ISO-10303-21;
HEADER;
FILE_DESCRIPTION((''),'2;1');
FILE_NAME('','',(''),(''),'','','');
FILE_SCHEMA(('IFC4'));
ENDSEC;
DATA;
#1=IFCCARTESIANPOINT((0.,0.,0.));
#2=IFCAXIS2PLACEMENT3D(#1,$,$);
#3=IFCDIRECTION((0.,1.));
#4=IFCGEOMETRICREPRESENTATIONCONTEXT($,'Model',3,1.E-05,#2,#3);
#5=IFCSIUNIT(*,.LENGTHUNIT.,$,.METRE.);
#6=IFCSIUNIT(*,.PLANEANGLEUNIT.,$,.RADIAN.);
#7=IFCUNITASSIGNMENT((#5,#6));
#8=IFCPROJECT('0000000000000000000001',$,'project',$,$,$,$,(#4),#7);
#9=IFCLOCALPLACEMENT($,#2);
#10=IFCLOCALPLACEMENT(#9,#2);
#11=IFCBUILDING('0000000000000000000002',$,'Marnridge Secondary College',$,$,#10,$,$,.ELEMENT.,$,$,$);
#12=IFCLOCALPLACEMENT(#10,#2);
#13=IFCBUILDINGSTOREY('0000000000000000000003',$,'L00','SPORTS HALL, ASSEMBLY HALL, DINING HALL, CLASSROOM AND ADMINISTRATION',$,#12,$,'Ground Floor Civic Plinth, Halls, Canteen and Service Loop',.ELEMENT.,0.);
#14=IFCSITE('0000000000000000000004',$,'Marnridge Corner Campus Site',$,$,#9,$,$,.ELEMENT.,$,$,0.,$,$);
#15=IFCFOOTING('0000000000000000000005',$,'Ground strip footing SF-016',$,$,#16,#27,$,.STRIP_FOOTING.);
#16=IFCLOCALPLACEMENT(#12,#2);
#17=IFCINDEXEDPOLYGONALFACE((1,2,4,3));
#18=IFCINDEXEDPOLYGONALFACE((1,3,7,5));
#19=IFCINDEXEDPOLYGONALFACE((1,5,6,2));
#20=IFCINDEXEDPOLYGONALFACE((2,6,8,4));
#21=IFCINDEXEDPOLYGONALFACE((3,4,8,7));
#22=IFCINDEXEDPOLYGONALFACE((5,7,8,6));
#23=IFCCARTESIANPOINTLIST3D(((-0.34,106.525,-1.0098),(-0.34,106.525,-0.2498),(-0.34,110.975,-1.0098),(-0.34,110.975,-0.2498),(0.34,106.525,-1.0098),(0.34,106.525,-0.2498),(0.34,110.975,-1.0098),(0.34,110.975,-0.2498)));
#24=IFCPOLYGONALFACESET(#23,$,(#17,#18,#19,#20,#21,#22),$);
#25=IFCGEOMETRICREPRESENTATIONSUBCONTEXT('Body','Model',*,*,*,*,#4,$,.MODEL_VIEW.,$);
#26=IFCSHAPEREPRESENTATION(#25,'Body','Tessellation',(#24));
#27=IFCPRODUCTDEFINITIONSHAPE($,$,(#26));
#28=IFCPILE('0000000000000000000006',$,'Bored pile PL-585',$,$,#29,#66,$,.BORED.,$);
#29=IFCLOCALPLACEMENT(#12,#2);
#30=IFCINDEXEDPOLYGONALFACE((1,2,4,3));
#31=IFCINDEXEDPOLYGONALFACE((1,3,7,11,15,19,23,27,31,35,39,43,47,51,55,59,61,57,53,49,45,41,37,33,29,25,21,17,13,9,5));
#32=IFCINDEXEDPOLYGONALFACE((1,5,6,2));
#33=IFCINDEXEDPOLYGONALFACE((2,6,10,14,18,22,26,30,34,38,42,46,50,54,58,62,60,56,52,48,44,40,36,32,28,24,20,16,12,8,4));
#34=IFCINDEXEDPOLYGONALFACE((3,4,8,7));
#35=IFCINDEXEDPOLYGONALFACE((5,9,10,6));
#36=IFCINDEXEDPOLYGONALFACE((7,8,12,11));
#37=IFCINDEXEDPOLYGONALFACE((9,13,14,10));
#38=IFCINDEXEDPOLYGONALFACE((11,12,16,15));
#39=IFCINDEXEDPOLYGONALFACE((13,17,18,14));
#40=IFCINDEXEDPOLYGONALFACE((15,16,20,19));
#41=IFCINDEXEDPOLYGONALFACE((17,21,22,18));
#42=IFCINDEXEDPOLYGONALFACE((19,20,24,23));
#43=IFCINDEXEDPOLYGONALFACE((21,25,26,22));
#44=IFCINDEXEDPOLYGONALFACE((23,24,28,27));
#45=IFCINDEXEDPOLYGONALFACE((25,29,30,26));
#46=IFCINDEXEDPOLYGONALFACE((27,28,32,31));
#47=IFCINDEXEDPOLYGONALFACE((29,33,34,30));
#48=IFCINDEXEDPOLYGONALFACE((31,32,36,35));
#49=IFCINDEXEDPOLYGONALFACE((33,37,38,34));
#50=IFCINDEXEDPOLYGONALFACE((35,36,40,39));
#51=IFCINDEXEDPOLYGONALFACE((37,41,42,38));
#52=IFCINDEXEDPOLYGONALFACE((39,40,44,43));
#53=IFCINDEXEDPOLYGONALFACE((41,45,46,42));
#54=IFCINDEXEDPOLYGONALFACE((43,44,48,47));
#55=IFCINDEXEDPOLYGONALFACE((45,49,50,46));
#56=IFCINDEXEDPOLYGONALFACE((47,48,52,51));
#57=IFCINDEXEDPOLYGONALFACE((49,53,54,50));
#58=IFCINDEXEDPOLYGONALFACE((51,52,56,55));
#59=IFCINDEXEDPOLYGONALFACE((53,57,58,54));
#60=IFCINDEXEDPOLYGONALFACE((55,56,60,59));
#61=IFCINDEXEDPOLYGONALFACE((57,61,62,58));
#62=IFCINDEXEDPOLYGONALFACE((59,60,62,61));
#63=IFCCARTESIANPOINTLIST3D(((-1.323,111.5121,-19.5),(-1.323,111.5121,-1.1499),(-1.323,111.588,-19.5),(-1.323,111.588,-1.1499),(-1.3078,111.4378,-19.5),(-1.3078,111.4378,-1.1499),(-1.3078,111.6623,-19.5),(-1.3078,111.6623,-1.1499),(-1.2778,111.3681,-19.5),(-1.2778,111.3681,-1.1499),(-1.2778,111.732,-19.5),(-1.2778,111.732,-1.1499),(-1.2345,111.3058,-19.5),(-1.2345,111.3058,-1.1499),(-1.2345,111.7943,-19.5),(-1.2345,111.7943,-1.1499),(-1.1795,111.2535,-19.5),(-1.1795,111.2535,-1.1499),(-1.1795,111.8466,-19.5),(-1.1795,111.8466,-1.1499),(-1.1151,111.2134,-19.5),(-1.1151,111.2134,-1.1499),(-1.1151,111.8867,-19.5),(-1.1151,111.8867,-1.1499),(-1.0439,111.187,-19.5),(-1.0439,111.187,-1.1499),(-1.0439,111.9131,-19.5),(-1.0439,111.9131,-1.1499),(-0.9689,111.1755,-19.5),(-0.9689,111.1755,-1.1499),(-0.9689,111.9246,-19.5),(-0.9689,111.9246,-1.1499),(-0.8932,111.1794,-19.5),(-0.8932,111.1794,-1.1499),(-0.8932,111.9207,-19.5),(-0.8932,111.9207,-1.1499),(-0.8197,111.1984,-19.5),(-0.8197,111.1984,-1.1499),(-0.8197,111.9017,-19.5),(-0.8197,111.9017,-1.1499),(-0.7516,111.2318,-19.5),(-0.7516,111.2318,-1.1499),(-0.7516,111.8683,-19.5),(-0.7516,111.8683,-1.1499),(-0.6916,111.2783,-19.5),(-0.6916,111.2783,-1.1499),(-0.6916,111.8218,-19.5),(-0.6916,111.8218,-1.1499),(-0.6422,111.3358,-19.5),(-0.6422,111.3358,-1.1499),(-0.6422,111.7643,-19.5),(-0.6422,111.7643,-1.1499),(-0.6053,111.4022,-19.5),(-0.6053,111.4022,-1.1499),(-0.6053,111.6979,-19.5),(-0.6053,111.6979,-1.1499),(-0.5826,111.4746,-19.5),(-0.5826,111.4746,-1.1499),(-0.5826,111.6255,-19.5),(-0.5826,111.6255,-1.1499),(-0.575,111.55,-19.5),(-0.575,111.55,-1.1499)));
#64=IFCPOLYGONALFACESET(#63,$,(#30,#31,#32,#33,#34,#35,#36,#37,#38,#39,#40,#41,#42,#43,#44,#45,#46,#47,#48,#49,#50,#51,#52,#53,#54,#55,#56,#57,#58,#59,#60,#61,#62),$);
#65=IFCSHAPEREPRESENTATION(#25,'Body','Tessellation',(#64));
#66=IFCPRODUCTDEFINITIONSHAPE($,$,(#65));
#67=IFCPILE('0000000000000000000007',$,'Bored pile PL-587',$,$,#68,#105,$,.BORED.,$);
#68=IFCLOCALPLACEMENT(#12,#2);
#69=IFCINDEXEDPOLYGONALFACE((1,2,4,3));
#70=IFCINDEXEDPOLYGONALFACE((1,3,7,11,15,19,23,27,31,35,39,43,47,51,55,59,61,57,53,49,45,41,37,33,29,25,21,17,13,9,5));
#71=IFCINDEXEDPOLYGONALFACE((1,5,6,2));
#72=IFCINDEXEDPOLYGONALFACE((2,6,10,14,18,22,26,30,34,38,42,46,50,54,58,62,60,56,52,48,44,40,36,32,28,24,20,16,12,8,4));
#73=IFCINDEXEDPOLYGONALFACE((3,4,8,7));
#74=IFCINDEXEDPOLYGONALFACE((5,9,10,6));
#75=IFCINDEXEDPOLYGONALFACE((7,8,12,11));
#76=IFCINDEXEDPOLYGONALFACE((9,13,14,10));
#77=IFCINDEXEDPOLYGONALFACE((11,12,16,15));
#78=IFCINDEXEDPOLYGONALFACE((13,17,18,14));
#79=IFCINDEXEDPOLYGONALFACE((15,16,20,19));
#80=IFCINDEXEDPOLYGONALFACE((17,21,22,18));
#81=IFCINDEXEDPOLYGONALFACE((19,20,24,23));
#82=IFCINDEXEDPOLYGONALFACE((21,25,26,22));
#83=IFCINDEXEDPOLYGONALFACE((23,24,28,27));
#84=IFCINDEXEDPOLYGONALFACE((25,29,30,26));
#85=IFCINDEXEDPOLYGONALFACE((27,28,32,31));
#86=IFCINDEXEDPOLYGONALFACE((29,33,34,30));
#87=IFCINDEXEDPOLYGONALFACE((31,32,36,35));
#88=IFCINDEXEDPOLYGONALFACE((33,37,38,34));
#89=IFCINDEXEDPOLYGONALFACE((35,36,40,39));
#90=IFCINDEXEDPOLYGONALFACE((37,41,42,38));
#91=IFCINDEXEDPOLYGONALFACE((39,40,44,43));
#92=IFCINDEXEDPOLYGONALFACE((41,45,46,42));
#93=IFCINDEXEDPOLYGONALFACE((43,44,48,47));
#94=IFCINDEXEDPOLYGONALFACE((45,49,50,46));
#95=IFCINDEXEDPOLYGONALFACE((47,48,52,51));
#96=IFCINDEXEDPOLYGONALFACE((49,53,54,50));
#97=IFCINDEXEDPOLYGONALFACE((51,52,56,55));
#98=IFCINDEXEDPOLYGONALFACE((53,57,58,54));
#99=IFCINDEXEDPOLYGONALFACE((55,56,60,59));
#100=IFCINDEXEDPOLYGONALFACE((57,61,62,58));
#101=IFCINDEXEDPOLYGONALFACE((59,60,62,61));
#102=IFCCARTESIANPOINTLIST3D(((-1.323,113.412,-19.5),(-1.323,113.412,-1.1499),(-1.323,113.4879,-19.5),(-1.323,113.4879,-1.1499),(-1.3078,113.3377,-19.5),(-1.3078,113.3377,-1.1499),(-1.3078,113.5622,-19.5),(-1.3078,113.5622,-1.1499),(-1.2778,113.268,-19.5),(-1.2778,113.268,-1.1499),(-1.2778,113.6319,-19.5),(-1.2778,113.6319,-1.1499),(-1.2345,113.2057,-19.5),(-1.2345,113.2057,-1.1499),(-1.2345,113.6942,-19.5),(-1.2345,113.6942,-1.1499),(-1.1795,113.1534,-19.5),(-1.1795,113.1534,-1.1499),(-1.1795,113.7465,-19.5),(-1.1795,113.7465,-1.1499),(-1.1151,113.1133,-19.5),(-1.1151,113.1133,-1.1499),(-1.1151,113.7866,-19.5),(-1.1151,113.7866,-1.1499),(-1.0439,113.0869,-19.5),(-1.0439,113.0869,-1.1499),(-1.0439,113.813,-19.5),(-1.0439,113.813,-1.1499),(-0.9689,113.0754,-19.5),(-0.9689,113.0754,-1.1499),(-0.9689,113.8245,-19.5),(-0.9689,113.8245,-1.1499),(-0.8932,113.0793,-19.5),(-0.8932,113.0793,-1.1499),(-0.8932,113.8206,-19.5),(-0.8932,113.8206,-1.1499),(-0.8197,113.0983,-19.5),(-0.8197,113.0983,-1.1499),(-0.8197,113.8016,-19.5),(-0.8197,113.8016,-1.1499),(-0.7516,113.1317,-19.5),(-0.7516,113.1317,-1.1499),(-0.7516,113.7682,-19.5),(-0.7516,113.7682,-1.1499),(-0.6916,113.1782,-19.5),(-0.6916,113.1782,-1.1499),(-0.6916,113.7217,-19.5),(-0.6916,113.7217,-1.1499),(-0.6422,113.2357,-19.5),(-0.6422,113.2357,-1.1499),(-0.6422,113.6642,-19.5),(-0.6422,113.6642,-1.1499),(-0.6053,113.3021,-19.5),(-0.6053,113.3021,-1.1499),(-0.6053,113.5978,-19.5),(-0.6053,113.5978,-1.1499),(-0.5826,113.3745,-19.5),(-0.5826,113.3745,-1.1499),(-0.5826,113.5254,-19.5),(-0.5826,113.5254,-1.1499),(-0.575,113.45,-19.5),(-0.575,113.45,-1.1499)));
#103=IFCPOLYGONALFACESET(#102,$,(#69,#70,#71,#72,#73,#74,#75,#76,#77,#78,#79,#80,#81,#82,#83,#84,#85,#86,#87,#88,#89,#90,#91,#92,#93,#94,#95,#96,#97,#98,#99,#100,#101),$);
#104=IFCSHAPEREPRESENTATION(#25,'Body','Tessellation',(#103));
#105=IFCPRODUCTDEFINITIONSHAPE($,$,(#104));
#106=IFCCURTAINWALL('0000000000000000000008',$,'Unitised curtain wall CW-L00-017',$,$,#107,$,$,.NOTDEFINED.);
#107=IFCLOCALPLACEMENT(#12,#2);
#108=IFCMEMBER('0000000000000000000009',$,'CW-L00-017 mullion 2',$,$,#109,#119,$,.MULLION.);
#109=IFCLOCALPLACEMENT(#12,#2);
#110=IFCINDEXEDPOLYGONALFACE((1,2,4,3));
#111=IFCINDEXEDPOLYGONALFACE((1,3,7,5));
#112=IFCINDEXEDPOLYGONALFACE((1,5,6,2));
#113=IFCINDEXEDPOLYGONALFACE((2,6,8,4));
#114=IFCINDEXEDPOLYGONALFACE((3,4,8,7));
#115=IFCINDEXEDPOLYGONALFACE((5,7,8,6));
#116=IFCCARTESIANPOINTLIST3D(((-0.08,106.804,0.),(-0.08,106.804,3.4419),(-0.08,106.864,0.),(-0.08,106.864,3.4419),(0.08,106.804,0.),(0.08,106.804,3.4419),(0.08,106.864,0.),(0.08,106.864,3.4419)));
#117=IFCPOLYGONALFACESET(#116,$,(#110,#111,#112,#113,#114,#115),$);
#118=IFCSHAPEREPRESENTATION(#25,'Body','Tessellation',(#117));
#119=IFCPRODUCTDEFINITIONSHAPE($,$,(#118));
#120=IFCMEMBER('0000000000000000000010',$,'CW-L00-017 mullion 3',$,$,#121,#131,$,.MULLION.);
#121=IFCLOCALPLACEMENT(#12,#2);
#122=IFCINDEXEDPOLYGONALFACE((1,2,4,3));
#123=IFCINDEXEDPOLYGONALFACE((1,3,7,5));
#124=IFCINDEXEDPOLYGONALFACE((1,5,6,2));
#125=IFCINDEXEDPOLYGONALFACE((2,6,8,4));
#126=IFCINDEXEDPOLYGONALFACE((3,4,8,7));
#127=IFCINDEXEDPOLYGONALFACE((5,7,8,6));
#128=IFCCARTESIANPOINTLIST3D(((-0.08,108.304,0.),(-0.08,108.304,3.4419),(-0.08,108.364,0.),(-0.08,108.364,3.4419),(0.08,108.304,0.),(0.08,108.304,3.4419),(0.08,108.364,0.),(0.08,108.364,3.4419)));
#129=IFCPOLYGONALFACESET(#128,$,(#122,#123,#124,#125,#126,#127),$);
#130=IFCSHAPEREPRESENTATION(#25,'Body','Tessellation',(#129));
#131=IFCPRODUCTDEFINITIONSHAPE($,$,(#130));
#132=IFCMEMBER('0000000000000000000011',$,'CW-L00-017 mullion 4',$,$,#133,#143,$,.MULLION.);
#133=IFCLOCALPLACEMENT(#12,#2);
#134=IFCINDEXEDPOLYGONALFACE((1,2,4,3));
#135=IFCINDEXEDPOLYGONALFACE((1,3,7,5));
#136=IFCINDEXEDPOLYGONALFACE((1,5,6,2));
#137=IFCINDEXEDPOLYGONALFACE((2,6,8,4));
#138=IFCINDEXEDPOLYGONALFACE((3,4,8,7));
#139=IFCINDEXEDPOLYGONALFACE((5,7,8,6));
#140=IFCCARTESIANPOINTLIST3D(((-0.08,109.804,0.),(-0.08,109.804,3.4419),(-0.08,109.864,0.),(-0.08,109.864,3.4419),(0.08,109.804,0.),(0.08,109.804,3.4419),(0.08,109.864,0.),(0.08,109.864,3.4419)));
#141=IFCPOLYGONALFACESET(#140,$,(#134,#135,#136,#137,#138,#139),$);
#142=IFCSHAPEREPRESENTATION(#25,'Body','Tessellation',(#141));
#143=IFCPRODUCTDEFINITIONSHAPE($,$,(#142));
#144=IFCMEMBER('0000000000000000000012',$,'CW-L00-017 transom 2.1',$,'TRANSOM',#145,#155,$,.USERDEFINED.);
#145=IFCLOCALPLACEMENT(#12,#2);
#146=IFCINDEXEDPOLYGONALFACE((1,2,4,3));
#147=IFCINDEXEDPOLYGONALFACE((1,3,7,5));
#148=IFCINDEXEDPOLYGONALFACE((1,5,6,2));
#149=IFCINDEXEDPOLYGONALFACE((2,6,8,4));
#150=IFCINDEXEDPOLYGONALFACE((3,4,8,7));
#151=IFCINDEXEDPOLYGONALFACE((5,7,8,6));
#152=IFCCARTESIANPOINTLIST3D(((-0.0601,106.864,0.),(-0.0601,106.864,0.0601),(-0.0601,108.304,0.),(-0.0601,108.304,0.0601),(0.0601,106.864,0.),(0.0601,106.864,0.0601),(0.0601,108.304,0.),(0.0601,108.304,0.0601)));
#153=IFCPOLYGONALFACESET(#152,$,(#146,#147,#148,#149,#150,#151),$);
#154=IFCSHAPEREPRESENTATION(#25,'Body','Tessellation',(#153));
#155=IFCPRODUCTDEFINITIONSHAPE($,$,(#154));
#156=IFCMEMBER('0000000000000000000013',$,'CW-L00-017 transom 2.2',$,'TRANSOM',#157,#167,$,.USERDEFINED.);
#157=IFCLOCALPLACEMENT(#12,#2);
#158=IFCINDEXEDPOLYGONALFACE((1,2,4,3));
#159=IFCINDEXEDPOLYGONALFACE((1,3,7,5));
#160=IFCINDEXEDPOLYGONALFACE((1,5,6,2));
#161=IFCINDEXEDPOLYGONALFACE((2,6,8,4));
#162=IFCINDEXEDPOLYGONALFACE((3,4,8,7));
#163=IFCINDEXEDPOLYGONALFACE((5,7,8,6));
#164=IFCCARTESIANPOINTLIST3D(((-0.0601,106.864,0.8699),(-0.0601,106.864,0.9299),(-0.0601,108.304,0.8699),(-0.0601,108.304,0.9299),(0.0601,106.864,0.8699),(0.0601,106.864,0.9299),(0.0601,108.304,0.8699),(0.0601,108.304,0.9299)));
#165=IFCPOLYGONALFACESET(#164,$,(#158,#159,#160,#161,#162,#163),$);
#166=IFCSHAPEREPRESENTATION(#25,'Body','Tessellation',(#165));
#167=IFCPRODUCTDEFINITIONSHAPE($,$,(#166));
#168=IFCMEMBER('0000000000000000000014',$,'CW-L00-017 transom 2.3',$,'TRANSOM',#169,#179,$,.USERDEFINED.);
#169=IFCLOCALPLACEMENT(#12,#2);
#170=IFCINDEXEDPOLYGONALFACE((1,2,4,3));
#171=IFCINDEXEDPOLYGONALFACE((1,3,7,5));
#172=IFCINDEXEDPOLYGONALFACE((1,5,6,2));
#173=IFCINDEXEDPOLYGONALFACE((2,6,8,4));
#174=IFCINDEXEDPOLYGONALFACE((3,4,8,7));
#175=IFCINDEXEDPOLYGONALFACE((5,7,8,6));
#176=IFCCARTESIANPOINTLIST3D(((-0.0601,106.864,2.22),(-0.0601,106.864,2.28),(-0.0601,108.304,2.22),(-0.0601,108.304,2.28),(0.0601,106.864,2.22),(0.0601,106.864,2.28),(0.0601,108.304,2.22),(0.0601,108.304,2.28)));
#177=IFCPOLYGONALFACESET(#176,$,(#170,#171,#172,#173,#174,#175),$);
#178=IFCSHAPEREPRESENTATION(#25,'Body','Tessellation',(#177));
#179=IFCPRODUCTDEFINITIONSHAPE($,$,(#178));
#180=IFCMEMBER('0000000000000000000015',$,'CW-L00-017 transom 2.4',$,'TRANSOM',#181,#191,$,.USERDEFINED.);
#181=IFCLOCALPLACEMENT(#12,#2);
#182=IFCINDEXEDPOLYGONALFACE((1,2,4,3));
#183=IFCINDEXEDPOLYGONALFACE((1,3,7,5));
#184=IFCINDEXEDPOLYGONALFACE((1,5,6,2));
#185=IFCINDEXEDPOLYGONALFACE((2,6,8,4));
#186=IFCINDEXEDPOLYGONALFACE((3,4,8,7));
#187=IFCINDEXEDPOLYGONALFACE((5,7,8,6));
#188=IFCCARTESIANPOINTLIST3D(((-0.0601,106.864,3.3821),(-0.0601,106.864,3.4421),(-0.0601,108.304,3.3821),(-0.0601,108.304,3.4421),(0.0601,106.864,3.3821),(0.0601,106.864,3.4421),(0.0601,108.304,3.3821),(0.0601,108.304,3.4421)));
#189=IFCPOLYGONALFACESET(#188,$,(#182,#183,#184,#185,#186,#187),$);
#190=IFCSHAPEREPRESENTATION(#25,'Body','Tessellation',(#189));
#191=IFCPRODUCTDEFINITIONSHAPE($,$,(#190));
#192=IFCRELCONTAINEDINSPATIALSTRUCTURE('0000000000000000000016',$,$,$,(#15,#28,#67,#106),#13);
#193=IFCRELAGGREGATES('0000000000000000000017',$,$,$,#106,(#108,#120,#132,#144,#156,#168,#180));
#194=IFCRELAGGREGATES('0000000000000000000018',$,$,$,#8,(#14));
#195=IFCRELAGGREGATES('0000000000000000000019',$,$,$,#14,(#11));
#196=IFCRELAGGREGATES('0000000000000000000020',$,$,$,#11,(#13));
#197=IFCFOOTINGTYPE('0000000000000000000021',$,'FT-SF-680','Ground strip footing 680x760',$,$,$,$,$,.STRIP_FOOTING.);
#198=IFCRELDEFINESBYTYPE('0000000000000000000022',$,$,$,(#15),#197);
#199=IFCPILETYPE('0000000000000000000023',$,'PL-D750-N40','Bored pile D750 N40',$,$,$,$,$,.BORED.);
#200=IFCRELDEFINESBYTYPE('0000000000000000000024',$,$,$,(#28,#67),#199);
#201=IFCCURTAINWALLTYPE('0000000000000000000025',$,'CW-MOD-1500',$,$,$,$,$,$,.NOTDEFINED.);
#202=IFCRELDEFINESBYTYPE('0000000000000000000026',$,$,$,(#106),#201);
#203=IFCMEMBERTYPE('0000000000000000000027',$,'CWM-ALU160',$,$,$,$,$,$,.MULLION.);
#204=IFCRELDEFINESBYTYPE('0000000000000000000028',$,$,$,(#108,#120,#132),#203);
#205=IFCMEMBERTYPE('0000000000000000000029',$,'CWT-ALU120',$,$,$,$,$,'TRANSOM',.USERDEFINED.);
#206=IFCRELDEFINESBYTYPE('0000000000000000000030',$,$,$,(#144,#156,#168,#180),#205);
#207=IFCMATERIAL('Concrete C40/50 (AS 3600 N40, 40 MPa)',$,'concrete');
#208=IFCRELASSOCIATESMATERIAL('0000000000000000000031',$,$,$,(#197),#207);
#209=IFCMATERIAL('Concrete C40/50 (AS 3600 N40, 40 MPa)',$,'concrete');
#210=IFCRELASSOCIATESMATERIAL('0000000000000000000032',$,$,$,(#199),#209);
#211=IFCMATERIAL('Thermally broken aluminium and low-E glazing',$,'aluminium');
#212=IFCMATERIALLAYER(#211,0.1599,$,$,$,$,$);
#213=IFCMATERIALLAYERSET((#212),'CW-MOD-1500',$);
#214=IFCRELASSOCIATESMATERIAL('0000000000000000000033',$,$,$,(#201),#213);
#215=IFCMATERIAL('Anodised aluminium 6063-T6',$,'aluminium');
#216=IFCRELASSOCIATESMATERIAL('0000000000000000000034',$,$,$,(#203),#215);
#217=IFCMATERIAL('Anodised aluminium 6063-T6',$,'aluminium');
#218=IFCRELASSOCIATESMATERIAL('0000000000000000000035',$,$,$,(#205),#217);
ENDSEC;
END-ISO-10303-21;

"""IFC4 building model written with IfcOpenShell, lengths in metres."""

from ifc_helpers import new_model, si_unit, direction, frame, origin, origin_2d, place, context, subcontext, project, spatial, rectangle, circle, extrude, material, layer, layer_set, material_profile, profile_set, type_object, element, aggregate, save


model = new_model("IFC4")

# Units and contexts
model_context = context("Model", 3, precision=1e-05, world=origin(), true_north=direction((0.0, 1.0)))
body_context = subcontext(model_context, "Body", "Model", "MODEL_VIEW")
ifc_project = project(units=[si_unit("LENGTHUNIT", "METRE"), si_unit("PLANEANGLEUNIT", "RADIAN")], contexts=[model_context])

# Site, building, storey
site_placement = place(None, origin())
site = spatial("IfcSite", under=ifc_project, at=site_placement, Name="Marnridge Corner Campus Site", CompositionType="ELEMENT", RefElevation=0.0)
building_placement = place(site_placement, origin())
building = spatial("IfcBuilding", under=site, at=building_placement, Name="Marnridge Secondary College", CompositionType="ELEMENT")
storey_placement = place(building_placement, origin())
storey = spatial("IfcBuildingStorey", under=building, at=storey_placement, Name="L00", Description="SPORTS HALL, ASSEMBLY HALL, DINING HALL, CLASSROOM AND ADMINISTRATION", LongName="Ground Floor Civic Plinth, Halls, Canteen and Service Loop", CompositionType="ELEMENT", Elevation=0.0)

# Footing
ifc_material_1 = material(Name="Concrete C40/50 (AS 3600 N40, 40 MPa)", Category="concrete")
footing_type = type_object("IfcFootingType", Name="FT-SF-680", Description="Ground strip footing 680x760", PredefinedType="STRIP_FOOTING", material=ifc_material_1)
footing_placement = place(storey_placement, frame((0.0, 108.75, -1.0098), z_axis=(0.0, 0.0, 1.0), x_axis=(1.0, 0.0, 0.0)))
element("IfcFooting", 1, at=footing_placement, inside=storey, type_object=footing_type, Name="Ground strip footing SF-016", PredefinedType="STRIP_FOOTING", context=body_context, shape_type="SweptSolid", body=[
    extrude(rectangle(XDim=0.6799, YDim=4.45, at=origin_2d()), origin(), (0.0, 0.0, 1.0), 0.76),
])

# Piles
ifc_material_2 = material(Name="Concrete C40/50 (AS 3600 N40, 40 MPa)", Category="concrete")
ifc_material_profile_1 = material_profile(ifc_material_2, circle(Radius=0.375, at=origin_2d()), Name="PILE D750")
ifc_profile_set_1 = profile_set([ifc_material_profile_1], Name="Concrete C40/50 (AS 3600 N40, 40 MPa)")
pile_type = type_object("IfcPileType", Name="PL-D750-N40", Description="Bored pile D750 N40", PredefinedType="BORED", material=ifc_profile_set_1)
for number, where, z_axis, x_axis, name in (
    (2, (-0.95, 111.55, -1.1499), (0.0, 0.0, -1.0), (1.0, 0.0, 0.0), "Bored pile PL-585"),
    (3, (-0.95, 113.45, -1.1499), (0.0, 0.0, -1.0), (1.0, 0.0, 0.0), "Bored pile PL-587"),
):
    element("IfcPile", number, at=place(storey_placement, frame(where, z_axis=z_axis, x_axis=x_axis)), inside=storey, type_object=pile_type, Name=name, PredefinedType="BORED", context=body_context, shape_type="SweptSolid", body=[
        extrude(circle(Radius=0.375, at=origin_2d()), origin(), (0.0, 0.0, 1.0), 18.3501),
    ])

# Curtain wall, members
ifc_material_3 = material(Name="Thermally broken aluminium and low-E glazing", Category="aluminium")
ifc_layer_1 = layer(ifc_material_3, 0.1599)
ifc_layer_set_1 = layer_set([ifc_layer_1], Name="CW-MOD-1500")
curtain_wall_type = type_object("IfcCurtainWallType", Name="CW-MOD-1500", PredefinedType="NOTDEFINED", material=ifc_layer_set_1)
curtain_wall_placement = place(storey_placement, origin())
curtain_wall = element("IfcCurtainWall", 4, at=curtain_wall_placement, inside=storey, type_object=curtain_wall_type, Name="Unitised curtain wall CW-L00-017", PredefinedType="NOTDEFINED")
ifc_material_4 = material(Name="Anodised aluminium 6063-T6", Category="aluminium")
ifc_material_profile_2 = material_profile(ifc_material_4, rectangle(XDim=0.0601, YDim=0.1599, at=origin_2d()), Name="ALU 60x160")
ifc_profile_set_2 = profile_set([ifc_material_profile_2], Name="Anodised aluminium 6063-T6")
member_type_1 = type_object("IfcMemberType", Name="CWM-ALU160", PredefinedType="MULLION", material=ifc_profile_set_2)
member_1_placement = place(storey_placement, frame((0.0, 106.834, 0.0), z_axis=(0.0, 0.0, 1.0), x_axis=(0.0, 1.0, 0.0)))
member_1 = element("IfcMember", 5, at=member_1_placement, type_object=member_type_1, Name="CW-L00-017 mullion 2", PredefinedType="MULLION", context=body_context, shape_type="SweptSolid", body=[
    extrude(rectangle(XDim=0.0601, YDim=0.1599, at=origin_2d()), origin(), (0.0, 0.0, 1.0), 3.4419),
])
member_2_placement = place(storey_placement, frame((0.0, 108.334, 0.0), z_axis=(0.0, 0.0, 1.0), x_axis=(0.0, 1.0, 0.0)))
member_2 = element("IfcMember", 6, at=member_2_placement, type_object=member_type_1, Name="CW-L00-017 mullion 3", PredefinedType="MULLION", context=body_context, shape_type="SweptSolid", body=[
    extrude(rectangle(XDim=0.0601, YDim=0.1599, at=origin_2d()), origin(), (0.0, 0.0, 1.0), 3.4419),
])
member_3_placement = place(storey_placement, frame((0.0, 109.834, 0.0), z_axis=(0.0, 0.0, 1.0), x_axis=(0.0, 1.0, 0.0)))
member_3 = element("IfcMember", 7, at=member_3_placement, type_object=member_type_1, Name="CW-L00-017 mullion 4", PredefinedType="MULLION", context=body_context, shape_type="SweptSolid", body=[
    extrude(rectangle(XDim=0.0601, YDim=0.1599, at=origin_2d()), origin(), (0.0, 0.0, 1.0), 3.4419),
])
ifc_material_5 = material(Name="Anodised aluminium 6063-T6", Category="aluminium")
ifc_material_profile_3 = material_profile(ifc_material_5, rectangle(XDim=0.0601, YDim=0.1201, at=origin_2d()), Name="ALU 60x120")
ifc_profile_set_3 = profile_set([ifc_material_profile_3], Name="Anodised aluminium 6063-T6")
member_type_2 = type_object("IfcMemberType", Name="CWT-ALU120", ElementType="TRANSOM", PredefinedType="USERDEFINED", material=ifc_profile_set_3)
member_4_placement = place(storey_placement, frame((0.0, 106.864, 0.03), z_axis=(0.0, 1.0, 0.0), x_axis=(0.0, 0.0, 1.0)))
member_4 = element("IfcMember", 8, at=member_4_placement, type_object=member_type_2, Name="CW-L00-017 transom 2.1", ObjectType="TRANSOM", PredefinedType="USERDEFINED", context=body_context, shape_type="SweptSolid", body=[
    extrude(rectangle(XDim=0.0601, YDim=0.1201, at=origin_2d()), origin(), (0.0, 0.0, 1.0), 1.4399),
])
member_5_placement = place(storey_placement, frame((0.0, 106.864, 0.8999), z_axis=(0.0, 1.0, 0.0), x_axis=(0.0, 0.0, 1.0)))
member_5 = element("IfcMember", 9, at=member_5_placement, type_object=member_type_2, Name="CW-L00-017 transom 2.2", ObjectType="TRANSOM", PredefinedType="USERDEFINED", context=body_context, shape_type="SweptSolid", body=[
    extrude(rectangle(XDim=0.0601, YDim=0.1201, at=origin_2d()), origin(), (0.0, 0.0, 1.0), 1.4399),
])
member_6_placement = place(storey_placement, frame((0.0, 106.864, 2.25), z_axis=(0.0, 1.0, 0.0), x_axis=(0.0, 0.0, 1.0)))
member_6 = element("IfcMember", 10, at=member_6_placement, type_object=member_type_2, Name="CW-L00-017 transom 2.3", ObjectType="TRANSOM", PredefinedType="USERDEFINED", context=body_context, shape_type="SweptSolid", body=[
    extrude(rectangle(XDim=0.0601, YDim=0.1201, at=origin_2d()), origin(), (0.0, 0.0, 1.0), 1.4399),
])
member_7_placement = place(storey_placement, frame((0.0, 106.864, 3.4121), z_axis=(0.0, 1.0, 0.0), x_axis=(0.0, 0.0, 1.0)))
member_7 = element("IfcMember", 11, at=member_7_placement, type_object=member_type_2, Name="CW-L00-017 transom 2.4", ObjectType="TRANSOM", PredefinedType="USERDEFINED", context=body_context, shape_type="SweptSolid", body=[
    extrude(rectangle(XDim=0.0601, YDim=0.1201, at=origin_2d()), origin(), (0.0, 0.0, 1.0), 1.4399),
])
aggregate(curtain_wall, [member_1, member_2, member_3, member_4, member_5, member_6, member_7])

save(model, "model.ifc")
